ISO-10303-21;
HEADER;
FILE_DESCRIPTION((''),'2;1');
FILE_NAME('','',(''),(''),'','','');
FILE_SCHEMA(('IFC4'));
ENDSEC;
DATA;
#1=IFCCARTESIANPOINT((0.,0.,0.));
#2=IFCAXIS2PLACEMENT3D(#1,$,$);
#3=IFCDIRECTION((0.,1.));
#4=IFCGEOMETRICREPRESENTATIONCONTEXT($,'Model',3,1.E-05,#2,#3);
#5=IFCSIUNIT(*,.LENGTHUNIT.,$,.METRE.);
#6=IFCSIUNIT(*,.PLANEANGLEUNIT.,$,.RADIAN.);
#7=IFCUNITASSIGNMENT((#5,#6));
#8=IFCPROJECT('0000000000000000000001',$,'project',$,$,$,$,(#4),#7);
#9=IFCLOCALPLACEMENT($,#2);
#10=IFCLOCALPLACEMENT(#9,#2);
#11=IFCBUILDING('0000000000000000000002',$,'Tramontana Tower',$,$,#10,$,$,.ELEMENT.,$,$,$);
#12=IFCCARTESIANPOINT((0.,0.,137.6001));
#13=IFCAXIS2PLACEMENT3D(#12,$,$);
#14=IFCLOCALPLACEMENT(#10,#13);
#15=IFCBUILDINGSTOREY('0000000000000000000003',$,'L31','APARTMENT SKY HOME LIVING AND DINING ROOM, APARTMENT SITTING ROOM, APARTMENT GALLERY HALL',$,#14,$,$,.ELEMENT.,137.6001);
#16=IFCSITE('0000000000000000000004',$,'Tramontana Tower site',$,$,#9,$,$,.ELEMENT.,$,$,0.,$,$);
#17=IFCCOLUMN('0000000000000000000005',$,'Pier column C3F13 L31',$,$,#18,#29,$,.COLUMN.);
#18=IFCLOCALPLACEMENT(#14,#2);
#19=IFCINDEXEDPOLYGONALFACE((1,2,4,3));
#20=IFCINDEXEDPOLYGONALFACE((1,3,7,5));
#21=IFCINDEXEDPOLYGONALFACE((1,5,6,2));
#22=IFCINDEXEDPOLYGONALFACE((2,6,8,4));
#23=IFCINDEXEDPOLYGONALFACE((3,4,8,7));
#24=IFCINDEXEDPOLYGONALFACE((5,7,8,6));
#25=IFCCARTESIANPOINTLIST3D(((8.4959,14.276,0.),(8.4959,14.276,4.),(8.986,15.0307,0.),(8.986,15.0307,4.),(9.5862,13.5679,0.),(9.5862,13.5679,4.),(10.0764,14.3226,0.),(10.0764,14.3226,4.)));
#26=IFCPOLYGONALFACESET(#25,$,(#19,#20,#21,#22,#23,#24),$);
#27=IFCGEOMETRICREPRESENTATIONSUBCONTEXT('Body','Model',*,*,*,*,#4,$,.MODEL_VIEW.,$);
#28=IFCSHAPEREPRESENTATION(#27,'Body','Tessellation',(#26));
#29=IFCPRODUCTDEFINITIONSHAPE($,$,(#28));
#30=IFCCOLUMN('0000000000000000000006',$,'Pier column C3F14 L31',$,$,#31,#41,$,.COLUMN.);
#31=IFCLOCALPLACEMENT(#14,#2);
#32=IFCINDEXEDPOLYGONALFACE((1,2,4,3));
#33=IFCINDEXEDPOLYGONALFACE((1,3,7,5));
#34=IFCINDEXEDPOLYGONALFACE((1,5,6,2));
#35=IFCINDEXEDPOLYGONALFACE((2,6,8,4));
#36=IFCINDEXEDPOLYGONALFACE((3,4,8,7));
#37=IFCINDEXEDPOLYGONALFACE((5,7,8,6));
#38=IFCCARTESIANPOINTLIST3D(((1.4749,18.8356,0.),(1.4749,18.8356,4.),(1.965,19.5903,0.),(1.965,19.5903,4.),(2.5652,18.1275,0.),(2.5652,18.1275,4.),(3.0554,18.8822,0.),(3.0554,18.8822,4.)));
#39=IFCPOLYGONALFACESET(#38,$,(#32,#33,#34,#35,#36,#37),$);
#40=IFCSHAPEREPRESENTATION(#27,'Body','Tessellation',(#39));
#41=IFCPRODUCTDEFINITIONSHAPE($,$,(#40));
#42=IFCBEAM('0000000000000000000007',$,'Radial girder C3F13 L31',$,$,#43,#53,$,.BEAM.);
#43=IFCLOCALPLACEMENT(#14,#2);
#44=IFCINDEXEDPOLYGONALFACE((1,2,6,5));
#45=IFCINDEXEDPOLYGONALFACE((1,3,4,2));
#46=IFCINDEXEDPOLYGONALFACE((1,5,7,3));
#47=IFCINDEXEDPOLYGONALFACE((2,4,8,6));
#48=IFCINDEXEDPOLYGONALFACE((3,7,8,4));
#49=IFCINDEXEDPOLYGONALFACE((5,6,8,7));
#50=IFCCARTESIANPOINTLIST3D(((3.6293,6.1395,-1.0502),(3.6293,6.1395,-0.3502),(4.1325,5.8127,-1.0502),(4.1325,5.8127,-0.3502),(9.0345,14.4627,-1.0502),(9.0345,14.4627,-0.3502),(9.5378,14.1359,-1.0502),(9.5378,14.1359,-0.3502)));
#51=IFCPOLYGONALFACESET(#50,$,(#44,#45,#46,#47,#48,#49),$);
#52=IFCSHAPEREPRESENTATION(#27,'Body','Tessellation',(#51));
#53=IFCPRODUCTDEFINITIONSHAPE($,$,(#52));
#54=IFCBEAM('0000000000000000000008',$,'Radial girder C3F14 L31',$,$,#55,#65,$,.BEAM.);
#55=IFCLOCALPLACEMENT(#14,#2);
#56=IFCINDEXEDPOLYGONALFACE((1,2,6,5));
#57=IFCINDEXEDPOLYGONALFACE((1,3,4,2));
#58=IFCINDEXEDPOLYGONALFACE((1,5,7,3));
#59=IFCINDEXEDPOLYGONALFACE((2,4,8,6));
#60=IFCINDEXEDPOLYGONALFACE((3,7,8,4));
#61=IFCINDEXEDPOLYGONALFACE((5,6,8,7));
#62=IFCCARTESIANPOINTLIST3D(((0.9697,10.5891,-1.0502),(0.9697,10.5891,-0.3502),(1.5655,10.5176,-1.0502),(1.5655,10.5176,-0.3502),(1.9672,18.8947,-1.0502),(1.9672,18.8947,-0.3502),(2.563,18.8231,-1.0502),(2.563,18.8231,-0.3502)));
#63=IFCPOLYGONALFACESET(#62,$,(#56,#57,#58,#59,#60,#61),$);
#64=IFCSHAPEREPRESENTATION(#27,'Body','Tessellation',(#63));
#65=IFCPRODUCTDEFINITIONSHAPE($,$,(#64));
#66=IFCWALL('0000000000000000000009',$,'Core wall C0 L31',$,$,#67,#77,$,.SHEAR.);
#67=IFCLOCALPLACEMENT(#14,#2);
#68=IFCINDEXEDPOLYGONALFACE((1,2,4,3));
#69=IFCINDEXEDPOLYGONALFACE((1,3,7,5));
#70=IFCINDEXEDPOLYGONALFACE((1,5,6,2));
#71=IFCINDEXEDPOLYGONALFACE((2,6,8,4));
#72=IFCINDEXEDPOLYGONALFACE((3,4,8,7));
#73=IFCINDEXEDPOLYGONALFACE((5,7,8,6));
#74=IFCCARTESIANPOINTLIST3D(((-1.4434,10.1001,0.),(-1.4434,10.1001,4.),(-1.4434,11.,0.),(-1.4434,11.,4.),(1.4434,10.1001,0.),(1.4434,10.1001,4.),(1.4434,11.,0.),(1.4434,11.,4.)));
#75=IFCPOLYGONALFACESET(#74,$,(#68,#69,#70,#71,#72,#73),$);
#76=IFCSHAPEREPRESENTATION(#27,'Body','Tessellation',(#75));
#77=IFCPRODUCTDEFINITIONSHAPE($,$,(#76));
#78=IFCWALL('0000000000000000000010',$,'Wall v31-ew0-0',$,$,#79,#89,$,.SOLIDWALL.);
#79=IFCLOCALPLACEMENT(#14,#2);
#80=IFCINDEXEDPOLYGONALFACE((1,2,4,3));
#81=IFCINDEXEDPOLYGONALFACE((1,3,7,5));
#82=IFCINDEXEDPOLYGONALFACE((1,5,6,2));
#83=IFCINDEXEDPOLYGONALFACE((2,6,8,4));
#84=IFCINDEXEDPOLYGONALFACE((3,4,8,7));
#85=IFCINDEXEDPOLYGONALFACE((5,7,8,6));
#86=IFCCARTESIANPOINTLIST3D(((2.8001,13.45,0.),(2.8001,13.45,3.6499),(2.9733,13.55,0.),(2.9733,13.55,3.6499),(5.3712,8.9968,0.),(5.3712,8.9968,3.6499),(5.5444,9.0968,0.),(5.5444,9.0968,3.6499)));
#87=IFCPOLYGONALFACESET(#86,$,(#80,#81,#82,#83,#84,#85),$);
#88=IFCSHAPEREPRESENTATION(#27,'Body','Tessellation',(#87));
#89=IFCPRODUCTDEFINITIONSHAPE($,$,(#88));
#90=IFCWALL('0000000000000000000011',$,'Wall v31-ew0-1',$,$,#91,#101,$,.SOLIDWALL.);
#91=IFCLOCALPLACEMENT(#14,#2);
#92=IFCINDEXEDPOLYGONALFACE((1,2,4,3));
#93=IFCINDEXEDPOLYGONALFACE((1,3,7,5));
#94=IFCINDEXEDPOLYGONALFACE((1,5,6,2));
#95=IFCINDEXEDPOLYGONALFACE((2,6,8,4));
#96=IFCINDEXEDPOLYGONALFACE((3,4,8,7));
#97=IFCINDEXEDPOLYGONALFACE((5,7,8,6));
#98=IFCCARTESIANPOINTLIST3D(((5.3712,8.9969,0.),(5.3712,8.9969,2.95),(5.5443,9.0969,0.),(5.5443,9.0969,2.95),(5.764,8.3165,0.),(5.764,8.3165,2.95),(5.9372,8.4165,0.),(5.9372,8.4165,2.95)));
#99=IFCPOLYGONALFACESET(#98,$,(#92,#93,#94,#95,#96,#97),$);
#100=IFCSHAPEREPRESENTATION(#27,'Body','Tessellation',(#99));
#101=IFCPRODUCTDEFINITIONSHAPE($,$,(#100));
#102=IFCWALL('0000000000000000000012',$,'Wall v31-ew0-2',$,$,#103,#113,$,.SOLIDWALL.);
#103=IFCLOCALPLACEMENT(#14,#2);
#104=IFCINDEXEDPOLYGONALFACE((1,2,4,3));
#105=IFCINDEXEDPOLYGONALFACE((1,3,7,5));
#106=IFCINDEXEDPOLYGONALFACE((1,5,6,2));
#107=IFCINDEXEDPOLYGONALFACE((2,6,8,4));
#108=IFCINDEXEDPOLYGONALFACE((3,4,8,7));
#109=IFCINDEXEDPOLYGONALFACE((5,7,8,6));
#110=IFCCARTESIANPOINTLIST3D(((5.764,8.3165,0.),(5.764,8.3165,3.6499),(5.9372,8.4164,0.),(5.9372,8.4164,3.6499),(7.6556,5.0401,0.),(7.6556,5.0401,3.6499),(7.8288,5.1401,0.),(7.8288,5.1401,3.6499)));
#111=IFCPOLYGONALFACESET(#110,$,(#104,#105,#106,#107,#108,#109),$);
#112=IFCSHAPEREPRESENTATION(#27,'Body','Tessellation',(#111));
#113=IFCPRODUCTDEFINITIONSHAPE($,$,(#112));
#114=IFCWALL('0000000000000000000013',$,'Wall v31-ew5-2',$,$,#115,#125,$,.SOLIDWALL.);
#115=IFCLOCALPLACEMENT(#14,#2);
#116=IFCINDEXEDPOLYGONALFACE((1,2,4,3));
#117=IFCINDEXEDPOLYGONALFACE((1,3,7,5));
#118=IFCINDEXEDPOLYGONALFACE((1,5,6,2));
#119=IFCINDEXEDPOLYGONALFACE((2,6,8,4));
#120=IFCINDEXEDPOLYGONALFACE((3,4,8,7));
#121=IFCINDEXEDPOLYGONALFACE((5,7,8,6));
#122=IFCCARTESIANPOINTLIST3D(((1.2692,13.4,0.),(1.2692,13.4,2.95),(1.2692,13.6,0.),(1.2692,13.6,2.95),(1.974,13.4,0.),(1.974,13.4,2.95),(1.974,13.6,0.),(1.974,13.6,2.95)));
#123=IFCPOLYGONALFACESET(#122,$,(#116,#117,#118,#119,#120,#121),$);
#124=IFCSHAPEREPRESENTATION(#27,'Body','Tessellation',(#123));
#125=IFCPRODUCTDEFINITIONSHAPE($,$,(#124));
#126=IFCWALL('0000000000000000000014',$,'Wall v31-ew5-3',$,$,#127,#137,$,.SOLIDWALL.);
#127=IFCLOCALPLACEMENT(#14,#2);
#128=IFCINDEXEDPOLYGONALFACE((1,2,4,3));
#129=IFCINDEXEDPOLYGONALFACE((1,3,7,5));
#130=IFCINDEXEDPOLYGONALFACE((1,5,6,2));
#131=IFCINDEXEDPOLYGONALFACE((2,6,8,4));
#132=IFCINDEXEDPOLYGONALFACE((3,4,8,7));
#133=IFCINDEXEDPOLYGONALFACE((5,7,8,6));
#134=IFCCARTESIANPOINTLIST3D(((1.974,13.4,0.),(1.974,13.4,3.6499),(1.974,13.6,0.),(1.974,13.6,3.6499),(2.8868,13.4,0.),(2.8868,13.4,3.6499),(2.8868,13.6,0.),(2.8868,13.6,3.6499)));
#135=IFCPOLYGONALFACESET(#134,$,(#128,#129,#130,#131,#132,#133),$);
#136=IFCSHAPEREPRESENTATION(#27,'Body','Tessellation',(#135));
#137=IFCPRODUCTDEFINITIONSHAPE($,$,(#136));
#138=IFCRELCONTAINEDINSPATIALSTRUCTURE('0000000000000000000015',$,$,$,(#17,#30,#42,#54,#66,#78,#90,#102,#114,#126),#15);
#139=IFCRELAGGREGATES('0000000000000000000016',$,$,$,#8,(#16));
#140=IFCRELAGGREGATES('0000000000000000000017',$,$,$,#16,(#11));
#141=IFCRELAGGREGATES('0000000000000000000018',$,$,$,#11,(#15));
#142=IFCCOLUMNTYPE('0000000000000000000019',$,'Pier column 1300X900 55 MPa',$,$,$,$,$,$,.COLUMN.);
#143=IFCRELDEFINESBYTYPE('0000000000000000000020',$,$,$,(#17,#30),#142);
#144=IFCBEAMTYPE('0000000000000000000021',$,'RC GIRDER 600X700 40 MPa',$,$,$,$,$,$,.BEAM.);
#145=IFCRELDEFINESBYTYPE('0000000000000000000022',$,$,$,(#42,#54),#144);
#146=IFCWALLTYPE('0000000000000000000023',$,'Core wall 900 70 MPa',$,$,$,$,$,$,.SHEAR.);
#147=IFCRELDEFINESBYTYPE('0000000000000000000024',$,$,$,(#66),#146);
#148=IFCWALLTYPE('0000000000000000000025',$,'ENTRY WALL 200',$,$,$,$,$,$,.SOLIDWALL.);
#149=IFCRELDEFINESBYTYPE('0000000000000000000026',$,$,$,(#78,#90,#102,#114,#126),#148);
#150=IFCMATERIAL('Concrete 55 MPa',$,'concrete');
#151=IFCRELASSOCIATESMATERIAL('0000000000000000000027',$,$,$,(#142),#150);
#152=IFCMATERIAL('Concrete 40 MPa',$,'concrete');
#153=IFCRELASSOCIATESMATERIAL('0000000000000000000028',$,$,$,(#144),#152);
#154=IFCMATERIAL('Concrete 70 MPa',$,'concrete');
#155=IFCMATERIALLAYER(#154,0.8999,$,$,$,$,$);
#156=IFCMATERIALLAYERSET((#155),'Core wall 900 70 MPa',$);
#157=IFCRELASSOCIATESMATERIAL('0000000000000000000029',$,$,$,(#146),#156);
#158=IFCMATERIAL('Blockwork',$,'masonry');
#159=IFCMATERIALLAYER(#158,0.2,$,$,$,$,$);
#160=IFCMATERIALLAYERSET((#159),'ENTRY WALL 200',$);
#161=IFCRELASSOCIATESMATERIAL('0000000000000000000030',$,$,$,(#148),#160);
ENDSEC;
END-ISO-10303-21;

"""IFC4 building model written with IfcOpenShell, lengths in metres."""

from ifc_helpers import new_model, si_unit, direction, frame, frame_2d, origin, origin_2d, place, context, subcontext, project, spatial, rectangle, extrude, material, layer, layer_set, material_profile, profile_set, type_object, element, save


model = new_model("IFC4")

# Units and contexts
model_context = context("Model", 3, precision=1e-05, world=origin(), true_north=direction((0.0, 1.0)))
body_context = subcontext(model_context, "Body", "Model", "MODEL_VIEW")
ifc_project = project(units=[si_unit("LENGTHUNIT", "METRE"), si_unit("PLANEANGLEUNIT", "RADIAN")], contexts=[model_context])

# Site, building, storey
site_placement = place(None, origin())
site = spatial("IfcSite", under=ifc_project, at=site_placement, Name="Tramontana Tower site", CompositionType="ELEMENT", RefElevation=0.0)
building_placement = place(site_placement, origin())
building = spatial("IfcBuilding", under=site, at=building_placement, Name="Tramontana Tower", CompositionType="ELEMENT")
storey_placement = place(building_placement, frame((0.0, 0.0, 137.6001)))
storey = spatial("IfcBuildingStorey", under=building, at=storey_placement, Name="L31", Description="APARTMENT SKY HOME LIVING AND DINING ROOM, APARTMENT SITTING ROOM, APARTMENT GALLERY HALL", CompositionType="ELEMENT", Elevation=137.6001)

# Columns
ifc_material_1 = material(Name="Concrete 55 MPa", Category="concrete")
ifc_material_profile_1 = material_profile(ifc_material_1, rectangle(XDim=1.3, YDim=0.8999, at=origin_2d()), Name="Pier column 1300X900 55 MPa")
ifc_profile_set_1 = profile_set([ifc_material_profile_1], Name="Concrete 55 MPa")
column_type = type_object("IfcColumnType", Name="Pier column 1300X900 55 MPa", PredefinedType="COLUMN", material=ifc_profile_set_1)
for number, where, z_axis, x_axis, name in (
    (1, (9.2861, 14.2993, 0.0), (0.0, 0.0, 1.0), (-0.838671, 0.544639, 0.0), "Pier column C3F13 L31"),
    (2, (2.2651, 18.8589, 0.0), (0.0, 0.0, 1.0), (-0.838671, 0.544639, 0.0), "Pier column C3F14 L31"),
):
    element("IfcColumn", number, at=place(storey_placement, frame(where, z_axis=z_axis, x_axis=x_axis)), inside=storey, type_object=column_type, Name=name, PredefinedType="COLUMN", context=body_context, shape_type="SweptSolid", body=[
        extrude(rectangle(XDim=1.3, YDim=0.8999, at=origin_2d()), origin(), (0.0, 0.0, 1.0), 4.0),
    ])

# Beams
ifc_material_2 = material(Name="Concrete 40 MPa", Category="concrete")
ifc_material_profile_2 = material_profile(ifc_material_2, rectangle(XDim=0.6001, YDim=0.7, at=origin_2d()), Name="RC GIRDER 600X700 40 MPa")
ifc_profile_set_2 = profile_set([ifc_material_profile_2], Name="Concrete 40 MPa")
beam_type = type_object("IfcBeamType", Name="RC GIRDER 600X700 40 MPa", PredefinedType="BEAM", material=ifc_profile_set_2)
beam_1_placement = place(storey_placement, frame((9.2861, 14.2993, -0.7002), z_axis=(-0.544646, -0.838666, 0.0), x_axis=(0.838666, -0.544646, 0.0)))
element("IfcBeam", 3, at=beam_1_placement, inside=storey, type_object=beam_type, Name="Radial girder C3F13 L31", PredefinedType="BEAM", context=body_context, shape_type="SweptSolid", body=[
    extrude(rectangle(XDim=0.6001, YDim=0.7, at=origin_2d()), origin(), (0.0, 0.0, 1.0), 9.9243),
])
beam_2_placement = place(storey_placement, frame((2.2651, 18.8589, -0.7002), z_axis=(-0.119249, -0.992864, 0.0), x_axis=(0.992864, -0.119249, 0.0)))
element("IfcBeam", 4, at=beam_2_placement, inside=storey, type_object=beam_type, Name="Radial girder C3F14 L31", PredefinedType="BEAM", context=body_context, shape_type="SweptSolid", body=[
    extrude(rectangle(XDim=0.6001, YDim=0.7, at=origin_2d()), origin(), (0.0, 0.0, 1.0), 8.3652),
])

# Walls
ifc_material_3 = material(Name="Concrete 70 MPa", Category="concrete")
ifc_layer_1 = layer(ifc_material_3, 0.8999)
ifc_layer_set_1 = layer_set([ifc_layer_1], Name="Core wall 900 70 MPa")
wall_type_1 = type_object("IfcWallType", Name="Core wall 900 70 MPa", PredefinedType="SHEAR", material=ifc_layer_set_1)
wall_1_placement = place(storey_placement, frame((1.4434, 10.55, 0.0), z_axis=(0.0, 0.0, 1.0), x_axis=(-1.0, 0.0, 0.0)))
element("IfcWall", 5, at=wall_1_placement, inside=storey, type_object=wall_type_1, Name="Core wall C0 L31", PredefinedType="SHEAR", context=body_context, shape_type="SweptSolid", body=[
    extrude(rectangle(XDim=2.8867, YDim=0.8999, at=frame_2d((1.4434, 0.0))), origin(), (0.0, 0.0, 1.0), 4.0),
])
ifc_material_4 = material(Name="Blockwork", Category="masonry")
ifc_layer_2 = layer(ifc_material_4, 0.2)
ifc_layer_set_2 = layer_set([ifc_layer_2], Name="ENTRY WALL 200")
wall_type_2 = type_object("IfcWallType", Name="ENTRY WALL 200", PredefinedType="SOLIDWALL", material=ifc_layer_set_2)
wall_2_placement = place(storey_placement, frame((2.8867, 13.5, 0.0), z_axis=(0.0, 0.0, 1.0), x_axis=(0.500005, -0.866023, 0.0)))
element("IfcWall", 6, at=wall_2_placement, inside=storey, type_object=wall_type_2, Name="Wall v31-ew0-0", PredefinedType="SOLIDWALL", context=body_context, shape_type="SweptSolid", body=[
    extrude(rectangle(XDim=5.1421, YDim=0.2, at=frame_2d((2.571, 0.0))), origin(), (0.0, 0.0, 1.0), 3.6499),
])
wall_3_placement = place(storey_placement, frame((5.4578, 9.0469, 0.0), z_axis=(0.0, 0.0, 1.0), x_axis=(0.499982, -0.866036, 0.0)))
element("IfcWall", 7, at=wall_3_placement, inside=storey, type_object=wall_type_2, Name="Wall v31-ew0-1", PredefinedType="SOLIDWALL", context=body_context, shape_type="SweptSolid", body=[
    extrude(rectangle(XDim=0.7856, YDim=0.2, at=frame_2d((0.3928, 0.0))), origin(), (0.0, 0.0, 1.0), 2.95),
])
wall_4_placement = place(storey_placement, frame((5.8506, 8.3665, 0.0), z_axis=(0.0, 0.0, 1.0), x_axis=(0.499998, -0.866027, 0.0)))
element("IfcWall", 8, at=wall_4_placement, inside=storey, type_object=wall_type_2, Name="Wall v31-ew0-2", PredefinedType="SOLIDWALL", context=body_context, shape_type="SweptSolid", body=[
    extrude(rectangle(XDim=3.7832, YDim=0.2, at=frame_2d((1.8916, 0.0))), origin(), (0.0, 0.0, 1.0), 3.6499),
])
wall_5_placement = place(storey_placement, frame((1.269, 13.5, 0.0), z_axis=(0.0, 0.0, 1.0), x_axis=(1.0, 0.0, 0.0)))
element("IfcWall", 9, at=wall_5_placement, inside=storey, type_object=wall_type_2, Name="Wall v31-ew5-2", PredefinedType="SOLIDWALL", context=body_context, shape_type="SweptSolid", body=[
    extrude(rectangle(XDim=0.7048, YDim=0.2, at=frame_2d((0.3525, 0.0))), origin(), (0.0, 0.0, 1.0), 2.95),
])
wall_6_placement = place(storey_placement, frame((1.9739, 13.5, 0.0), z_axis=(0.0, 0.0, 1.0), x_axis=(1.0, 0.0, 0.0)))
element("IfcWall", 10, at=wall_6_placement, inside=storey, type_object=wall_type_2, Name="Wall v31-ew5-3", PredefinedType="SOLIDWALL", context=body_context, shape_type="SweptSolid", body=[
    extrude(rectangle(XDim=0.9128, YDim=0.2, at=frame_2d((0.4565, 0.0))), origin(), (0.0, 0.0, 1.0), 3.6499),
])

save(model, "model.ifc")
